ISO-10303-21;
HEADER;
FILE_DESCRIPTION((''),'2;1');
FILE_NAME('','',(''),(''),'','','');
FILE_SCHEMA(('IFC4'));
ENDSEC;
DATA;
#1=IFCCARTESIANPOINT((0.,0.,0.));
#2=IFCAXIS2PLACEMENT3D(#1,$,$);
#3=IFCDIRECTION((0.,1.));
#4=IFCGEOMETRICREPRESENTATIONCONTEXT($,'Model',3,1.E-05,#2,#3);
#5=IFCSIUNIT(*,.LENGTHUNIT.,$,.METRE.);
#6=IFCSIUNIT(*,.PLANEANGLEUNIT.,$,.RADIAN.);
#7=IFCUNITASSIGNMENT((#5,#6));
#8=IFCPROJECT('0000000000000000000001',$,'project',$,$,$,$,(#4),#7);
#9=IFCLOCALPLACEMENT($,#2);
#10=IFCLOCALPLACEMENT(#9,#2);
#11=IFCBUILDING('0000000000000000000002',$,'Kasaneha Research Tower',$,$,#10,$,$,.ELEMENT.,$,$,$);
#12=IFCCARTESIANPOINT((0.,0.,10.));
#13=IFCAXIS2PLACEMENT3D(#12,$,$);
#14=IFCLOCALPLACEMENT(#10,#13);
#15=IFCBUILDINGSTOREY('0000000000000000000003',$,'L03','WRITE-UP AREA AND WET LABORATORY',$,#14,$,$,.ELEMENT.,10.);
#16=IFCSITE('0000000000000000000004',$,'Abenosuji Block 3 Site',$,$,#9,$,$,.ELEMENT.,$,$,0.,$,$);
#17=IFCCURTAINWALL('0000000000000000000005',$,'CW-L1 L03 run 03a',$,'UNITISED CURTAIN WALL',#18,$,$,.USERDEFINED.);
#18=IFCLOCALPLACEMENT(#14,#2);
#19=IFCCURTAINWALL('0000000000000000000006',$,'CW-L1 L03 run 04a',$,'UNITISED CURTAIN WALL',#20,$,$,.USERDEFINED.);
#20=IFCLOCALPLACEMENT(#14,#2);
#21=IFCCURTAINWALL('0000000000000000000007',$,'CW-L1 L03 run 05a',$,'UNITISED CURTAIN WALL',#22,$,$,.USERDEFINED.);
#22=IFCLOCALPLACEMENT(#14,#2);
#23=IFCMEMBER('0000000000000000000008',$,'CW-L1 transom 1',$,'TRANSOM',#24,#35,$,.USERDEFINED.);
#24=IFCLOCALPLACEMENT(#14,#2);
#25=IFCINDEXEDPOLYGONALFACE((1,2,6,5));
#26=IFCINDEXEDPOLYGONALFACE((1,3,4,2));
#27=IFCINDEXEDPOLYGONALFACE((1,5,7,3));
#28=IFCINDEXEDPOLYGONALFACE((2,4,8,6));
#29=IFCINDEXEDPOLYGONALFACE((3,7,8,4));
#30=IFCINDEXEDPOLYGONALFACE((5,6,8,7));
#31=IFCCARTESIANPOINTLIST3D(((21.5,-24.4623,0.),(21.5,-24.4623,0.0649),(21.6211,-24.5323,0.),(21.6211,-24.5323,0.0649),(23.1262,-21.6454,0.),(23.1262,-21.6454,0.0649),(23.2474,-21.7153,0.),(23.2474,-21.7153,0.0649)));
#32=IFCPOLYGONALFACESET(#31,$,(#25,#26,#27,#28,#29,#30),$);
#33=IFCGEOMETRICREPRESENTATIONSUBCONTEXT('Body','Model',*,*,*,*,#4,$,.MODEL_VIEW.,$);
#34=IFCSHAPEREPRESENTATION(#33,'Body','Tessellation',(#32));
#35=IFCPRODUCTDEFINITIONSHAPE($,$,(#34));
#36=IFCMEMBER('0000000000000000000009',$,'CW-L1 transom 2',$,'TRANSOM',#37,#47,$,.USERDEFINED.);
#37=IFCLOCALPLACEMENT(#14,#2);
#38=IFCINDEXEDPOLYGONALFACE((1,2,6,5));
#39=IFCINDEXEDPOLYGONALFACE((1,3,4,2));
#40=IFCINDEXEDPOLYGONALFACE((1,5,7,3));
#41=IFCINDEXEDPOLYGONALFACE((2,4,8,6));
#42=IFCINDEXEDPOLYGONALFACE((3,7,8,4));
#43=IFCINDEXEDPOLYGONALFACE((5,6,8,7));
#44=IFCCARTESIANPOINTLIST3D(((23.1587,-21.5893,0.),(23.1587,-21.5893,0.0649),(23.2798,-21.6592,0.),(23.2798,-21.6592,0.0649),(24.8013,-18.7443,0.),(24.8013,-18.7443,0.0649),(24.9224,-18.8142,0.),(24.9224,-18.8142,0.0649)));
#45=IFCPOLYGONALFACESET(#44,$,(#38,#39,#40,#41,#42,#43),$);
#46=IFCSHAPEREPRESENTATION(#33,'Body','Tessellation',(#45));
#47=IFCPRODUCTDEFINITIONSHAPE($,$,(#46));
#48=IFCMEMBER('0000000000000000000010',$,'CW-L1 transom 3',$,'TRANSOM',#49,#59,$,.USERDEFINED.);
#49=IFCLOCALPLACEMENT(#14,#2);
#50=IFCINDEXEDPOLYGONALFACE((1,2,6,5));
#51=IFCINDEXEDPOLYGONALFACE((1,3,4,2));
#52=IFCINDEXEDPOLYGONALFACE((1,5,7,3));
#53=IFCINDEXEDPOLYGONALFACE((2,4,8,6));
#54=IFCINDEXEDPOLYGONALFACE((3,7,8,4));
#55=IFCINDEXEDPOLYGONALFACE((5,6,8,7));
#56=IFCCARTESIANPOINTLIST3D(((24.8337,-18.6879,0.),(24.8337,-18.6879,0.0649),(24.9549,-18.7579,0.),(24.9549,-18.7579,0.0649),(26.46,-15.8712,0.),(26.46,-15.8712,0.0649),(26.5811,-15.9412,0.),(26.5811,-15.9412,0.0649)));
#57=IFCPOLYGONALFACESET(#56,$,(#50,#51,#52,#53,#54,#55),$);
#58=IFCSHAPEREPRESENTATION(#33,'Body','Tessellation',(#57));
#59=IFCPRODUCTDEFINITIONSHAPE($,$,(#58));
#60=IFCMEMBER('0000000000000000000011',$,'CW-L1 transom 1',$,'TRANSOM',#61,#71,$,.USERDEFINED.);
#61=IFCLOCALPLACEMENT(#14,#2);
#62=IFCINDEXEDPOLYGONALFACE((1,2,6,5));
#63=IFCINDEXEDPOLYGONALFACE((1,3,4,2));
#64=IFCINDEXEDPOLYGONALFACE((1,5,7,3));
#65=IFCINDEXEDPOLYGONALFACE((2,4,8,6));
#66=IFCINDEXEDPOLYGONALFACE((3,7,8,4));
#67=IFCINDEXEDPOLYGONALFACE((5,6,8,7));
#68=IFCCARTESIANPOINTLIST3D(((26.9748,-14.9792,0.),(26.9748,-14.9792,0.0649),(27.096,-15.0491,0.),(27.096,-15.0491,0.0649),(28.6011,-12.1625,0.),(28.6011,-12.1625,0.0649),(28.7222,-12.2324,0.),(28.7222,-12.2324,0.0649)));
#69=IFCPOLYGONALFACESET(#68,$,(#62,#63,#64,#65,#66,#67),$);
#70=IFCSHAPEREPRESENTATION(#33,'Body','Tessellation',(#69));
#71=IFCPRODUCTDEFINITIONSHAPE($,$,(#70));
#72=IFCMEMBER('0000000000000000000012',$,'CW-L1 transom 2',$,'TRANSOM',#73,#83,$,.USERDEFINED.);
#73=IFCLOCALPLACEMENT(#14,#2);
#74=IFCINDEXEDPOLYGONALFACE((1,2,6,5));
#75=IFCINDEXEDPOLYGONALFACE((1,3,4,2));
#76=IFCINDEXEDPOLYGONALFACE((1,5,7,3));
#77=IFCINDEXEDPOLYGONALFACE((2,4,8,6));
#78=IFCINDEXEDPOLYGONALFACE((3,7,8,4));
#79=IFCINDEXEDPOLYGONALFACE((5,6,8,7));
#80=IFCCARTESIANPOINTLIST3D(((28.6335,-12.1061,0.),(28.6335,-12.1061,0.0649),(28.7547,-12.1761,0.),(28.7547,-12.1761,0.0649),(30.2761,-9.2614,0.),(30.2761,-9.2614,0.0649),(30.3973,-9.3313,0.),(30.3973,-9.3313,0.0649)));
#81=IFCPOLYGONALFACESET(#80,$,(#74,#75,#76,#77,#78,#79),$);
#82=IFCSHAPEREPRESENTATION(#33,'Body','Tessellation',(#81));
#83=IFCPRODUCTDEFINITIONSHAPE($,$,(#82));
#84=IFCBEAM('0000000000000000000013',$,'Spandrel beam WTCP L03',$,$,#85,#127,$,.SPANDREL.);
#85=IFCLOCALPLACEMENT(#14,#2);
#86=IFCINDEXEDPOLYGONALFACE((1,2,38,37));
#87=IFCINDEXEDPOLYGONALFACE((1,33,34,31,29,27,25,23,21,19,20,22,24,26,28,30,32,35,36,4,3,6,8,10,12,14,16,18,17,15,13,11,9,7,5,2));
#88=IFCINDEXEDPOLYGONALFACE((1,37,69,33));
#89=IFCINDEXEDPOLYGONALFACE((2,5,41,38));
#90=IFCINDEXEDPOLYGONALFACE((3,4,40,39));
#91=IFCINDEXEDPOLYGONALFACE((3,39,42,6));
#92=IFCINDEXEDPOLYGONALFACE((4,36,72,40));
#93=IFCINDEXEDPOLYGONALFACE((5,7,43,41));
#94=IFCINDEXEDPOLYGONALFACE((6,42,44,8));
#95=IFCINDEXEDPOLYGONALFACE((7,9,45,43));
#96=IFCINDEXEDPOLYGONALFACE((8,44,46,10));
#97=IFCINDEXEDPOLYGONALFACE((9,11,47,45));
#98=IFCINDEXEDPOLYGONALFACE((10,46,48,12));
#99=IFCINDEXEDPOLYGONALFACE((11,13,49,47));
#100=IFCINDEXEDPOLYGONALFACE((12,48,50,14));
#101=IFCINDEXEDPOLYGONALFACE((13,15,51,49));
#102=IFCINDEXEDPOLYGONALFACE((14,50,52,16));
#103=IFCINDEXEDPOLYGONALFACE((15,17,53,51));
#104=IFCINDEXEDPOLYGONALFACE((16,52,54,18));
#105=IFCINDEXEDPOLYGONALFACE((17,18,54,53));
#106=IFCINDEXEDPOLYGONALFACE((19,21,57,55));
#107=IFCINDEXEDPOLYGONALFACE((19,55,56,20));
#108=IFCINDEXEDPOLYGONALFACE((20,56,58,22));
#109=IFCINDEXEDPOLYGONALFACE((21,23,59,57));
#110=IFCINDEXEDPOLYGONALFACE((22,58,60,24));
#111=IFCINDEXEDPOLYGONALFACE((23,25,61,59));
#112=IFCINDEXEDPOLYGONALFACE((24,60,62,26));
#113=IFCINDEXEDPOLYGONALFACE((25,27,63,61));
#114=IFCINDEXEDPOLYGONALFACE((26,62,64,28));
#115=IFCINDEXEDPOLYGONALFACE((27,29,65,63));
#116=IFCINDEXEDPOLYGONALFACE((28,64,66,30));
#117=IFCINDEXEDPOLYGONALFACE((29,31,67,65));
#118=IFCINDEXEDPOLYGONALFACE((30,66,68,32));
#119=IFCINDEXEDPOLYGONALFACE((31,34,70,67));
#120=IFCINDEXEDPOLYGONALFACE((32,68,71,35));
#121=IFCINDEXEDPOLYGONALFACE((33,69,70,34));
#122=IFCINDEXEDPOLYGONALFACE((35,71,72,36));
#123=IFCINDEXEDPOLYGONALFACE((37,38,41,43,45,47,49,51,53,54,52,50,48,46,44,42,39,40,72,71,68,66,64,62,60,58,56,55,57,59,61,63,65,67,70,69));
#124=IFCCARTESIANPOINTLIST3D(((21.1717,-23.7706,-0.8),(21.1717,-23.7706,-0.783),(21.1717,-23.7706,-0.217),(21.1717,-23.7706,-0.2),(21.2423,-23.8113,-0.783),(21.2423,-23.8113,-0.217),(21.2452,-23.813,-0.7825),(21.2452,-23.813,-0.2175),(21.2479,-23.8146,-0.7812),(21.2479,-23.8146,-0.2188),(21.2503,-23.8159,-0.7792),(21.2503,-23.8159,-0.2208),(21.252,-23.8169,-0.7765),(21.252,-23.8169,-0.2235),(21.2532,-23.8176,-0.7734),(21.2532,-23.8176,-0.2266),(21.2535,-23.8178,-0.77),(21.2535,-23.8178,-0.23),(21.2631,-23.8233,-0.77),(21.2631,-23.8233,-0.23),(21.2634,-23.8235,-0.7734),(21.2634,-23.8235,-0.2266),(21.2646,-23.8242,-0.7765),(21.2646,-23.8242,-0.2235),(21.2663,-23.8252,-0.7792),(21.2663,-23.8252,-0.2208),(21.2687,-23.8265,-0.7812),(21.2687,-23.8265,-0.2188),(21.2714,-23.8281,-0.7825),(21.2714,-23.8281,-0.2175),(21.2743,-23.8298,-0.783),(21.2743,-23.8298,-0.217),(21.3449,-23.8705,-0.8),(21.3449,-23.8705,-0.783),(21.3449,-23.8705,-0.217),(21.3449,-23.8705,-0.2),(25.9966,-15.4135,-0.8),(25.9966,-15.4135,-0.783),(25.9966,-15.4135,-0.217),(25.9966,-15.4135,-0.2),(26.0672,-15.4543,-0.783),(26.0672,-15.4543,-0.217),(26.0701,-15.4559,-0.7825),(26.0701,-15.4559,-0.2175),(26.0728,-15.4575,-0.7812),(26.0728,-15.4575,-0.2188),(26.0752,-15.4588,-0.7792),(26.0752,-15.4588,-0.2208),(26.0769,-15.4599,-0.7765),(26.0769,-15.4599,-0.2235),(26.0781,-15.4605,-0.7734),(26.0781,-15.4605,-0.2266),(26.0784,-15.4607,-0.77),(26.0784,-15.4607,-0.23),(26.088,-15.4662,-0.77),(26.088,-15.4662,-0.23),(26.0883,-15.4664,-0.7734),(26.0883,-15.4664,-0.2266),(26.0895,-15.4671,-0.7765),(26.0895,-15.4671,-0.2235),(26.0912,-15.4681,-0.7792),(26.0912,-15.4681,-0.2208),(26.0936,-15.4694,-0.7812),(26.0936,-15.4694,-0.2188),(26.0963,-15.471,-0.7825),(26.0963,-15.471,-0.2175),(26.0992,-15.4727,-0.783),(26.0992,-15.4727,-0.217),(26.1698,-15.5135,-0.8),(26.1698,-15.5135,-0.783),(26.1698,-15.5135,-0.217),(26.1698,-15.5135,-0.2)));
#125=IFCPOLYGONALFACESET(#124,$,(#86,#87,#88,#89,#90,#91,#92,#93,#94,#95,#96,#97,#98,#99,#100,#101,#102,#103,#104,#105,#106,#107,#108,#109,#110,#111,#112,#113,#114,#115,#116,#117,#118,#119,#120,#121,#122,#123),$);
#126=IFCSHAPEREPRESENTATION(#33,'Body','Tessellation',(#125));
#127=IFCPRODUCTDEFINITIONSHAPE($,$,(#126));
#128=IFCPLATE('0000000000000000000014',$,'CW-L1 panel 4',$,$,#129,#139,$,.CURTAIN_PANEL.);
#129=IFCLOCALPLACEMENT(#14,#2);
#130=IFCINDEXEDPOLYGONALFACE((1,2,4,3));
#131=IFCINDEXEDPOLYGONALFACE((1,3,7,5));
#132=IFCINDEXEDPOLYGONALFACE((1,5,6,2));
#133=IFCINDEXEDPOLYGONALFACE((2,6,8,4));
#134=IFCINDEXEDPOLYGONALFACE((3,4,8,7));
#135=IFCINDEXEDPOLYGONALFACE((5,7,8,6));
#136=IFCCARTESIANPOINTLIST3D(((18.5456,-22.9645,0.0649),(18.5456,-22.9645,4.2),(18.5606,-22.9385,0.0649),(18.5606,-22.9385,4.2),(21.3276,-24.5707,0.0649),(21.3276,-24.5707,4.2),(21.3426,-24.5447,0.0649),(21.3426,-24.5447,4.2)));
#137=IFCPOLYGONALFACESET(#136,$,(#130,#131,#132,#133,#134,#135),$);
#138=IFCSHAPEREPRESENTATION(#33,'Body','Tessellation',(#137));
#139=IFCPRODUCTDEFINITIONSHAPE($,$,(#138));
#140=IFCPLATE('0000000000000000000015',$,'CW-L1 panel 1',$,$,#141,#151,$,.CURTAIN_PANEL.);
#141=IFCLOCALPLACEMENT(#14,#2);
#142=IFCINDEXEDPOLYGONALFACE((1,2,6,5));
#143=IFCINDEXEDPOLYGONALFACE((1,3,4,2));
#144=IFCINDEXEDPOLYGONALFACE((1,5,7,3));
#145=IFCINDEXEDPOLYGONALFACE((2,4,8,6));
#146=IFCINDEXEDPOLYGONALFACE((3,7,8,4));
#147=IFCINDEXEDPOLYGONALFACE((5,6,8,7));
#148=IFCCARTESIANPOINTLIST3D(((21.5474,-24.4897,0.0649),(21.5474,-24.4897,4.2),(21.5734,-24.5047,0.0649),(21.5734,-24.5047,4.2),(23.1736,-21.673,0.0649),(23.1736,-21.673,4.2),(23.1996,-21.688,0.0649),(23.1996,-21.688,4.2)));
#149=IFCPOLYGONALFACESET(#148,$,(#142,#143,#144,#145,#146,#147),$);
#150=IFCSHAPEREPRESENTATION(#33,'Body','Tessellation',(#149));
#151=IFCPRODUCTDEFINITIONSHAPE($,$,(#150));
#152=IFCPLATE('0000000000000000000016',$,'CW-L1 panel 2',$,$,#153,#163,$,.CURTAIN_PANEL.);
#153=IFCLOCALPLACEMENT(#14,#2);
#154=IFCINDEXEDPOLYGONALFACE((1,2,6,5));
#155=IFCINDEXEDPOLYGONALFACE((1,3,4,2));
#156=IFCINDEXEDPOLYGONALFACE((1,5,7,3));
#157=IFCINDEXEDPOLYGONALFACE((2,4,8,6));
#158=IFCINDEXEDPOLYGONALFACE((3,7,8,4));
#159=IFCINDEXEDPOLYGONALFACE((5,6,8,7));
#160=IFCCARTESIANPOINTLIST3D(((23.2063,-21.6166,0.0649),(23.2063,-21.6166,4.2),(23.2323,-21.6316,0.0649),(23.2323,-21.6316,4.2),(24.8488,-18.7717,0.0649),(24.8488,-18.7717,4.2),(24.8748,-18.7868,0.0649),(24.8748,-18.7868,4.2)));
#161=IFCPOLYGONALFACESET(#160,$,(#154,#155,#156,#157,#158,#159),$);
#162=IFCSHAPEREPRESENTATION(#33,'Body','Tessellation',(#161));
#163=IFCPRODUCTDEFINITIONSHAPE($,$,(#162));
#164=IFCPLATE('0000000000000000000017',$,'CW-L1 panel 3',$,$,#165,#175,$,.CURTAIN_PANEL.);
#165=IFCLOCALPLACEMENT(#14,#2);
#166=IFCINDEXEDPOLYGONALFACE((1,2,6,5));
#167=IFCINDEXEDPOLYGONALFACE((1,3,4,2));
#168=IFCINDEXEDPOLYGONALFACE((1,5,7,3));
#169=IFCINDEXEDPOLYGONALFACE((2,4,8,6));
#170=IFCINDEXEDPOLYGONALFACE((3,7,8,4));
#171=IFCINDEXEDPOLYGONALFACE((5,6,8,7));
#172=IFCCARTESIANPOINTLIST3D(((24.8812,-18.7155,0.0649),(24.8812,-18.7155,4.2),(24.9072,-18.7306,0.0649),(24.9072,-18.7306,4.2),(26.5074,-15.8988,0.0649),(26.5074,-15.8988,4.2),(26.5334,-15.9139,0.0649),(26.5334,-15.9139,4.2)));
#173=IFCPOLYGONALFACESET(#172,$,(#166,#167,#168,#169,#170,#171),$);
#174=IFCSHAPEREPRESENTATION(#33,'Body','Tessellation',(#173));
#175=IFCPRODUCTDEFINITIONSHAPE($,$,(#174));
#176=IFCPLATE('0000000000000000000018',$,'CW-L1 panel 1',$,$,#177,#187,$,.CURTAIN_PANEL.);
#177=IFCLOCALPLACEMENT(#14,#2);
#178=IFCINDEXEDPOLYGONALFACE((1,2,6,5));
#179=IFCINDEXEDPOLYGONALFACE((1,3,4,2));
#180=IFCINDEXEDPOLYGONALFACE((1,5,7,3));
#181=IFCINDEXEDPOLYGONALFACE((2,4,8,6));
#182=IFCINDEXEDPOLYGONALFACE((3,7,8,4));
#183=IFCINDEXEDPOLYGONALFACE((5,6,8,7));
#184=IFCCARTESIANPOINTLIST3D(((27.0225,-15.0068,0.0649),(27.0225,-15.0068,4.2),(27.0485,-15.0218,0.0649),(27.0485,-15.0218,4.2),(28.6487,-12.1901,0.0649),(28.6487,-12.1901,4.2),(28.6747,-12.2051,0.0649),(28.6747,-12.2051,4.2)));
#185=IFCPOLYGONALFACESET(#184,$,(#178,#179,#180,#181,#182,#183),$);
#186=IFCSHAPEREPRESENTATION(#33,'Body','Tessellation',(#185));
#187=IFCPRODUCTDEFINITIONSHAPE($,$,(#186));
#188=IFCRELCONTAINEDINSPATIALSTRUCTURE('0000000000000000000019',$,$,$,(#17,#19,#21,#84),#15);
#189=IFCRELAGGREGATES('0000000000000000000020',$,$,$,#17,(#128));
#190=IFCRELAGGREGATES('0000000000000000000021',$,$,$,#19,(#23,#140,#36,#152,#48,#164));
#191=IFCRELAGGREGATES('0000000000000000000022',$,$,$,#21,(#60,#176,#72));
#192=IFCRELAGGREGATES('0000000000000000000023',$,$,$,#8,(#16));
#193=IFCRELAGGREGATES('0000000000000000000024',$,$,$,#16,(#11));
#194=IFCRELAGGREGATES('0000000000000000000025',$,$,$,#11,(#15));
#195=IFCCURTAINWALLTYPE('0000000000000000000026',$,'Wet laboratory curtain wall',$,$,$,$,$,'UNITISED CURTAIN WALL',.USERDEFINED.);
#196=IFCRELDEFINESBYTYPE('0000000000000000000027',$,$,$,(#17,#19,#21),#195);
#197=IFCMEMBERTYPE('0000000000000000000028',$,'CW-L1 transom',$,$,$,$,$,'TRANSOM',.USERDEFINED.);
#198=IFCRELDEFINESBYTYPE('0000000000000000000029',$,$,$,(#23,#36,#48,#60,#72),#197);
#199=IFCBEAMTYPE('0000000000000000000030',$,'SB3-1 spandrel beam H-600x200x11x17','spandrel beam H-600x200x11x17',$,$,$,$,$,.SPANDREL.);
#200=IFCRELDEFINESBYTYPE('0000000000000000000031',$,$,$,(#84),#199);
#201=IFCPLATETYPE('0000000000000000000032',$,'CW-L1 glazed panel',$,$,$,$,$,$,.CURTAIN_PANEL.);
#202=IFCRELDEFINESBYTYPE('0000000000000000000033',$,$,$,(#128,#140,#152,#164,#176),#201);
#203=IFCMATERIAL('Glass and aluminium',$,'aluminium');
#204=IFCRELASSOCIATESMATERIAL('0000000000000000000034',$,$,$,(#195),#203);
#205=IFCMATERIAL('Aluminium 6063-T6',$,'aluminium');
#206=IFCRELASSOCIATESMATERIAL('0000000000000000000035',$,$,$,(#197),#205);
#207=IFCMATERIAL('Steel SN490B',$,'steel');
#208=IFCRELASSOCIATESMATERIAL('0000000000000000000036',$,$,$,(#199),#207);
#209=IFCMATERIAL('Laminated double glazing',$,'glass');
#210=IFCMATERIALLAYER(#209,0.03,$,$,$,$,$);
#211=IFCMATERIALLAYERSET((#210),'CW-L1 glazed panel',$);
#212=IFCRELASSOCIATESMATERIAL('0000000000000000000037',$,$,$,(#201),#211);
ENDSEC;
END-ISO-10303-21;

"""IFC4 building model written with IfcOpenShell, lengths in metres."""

from ifc_helpers import new_model, si_unit, direction, frame, origin, origin_2d, place, context, subcontext, project, spatial, rectangle, i_section, extrude, material, layer, layer_set, material_profile, profile_set, type_object, element, aggregate, save


model = new_model("IFC4")

# Units and contexts
model_context = context("Model", 3, precision=1e-05, world=origin(), true_north=direction((0.0, 1.0)))
body_context = subcontext(model_context, "Body", "Model", "MODEL_VIEW")
ifc_project = project(units=[si_unit("LENGTHUNIT", "METRE"), si_unit("PLANEANGLEUNIT", "RADIAN")], contexts=[model_context])

# Site, building, storey
site_placement = place(None, origin())
site = spatial("IfcSite", under=ifc_project, at=site_placement, Name="Abenosuji Block 3 Site", CompositionType="ELEMENT", RefElevation=0.0)
building_placement = place(site_placement, origin())
building = spatial("IfcBuilding", under=site, at=building_placement, Name="Kasaneha Research Tower", CompositionType="ELEMENT")
storey_placement = place(building_placement, frame((0.0, 0.0, 10.0)))
storey = spatial("IfcBuildingStorey", under=building, at=storey_placement, Name="L03", Description="WRITE-UP AREA AND WET LABORATORY", CompositionType="ELEMENT", Elevation=10.0)

# Curtain walls
ifc_material_1 = material(Name="Glass and aluminium", Category="aluminium")
curtain_wall_type = type_object("IfcCurtainWallType", Name="Wet laboratory curtain wall", ElementType="UNITISED CURTAIN WALL", PredefinedType="USERDEFINED", material=ifc_material_1)
curtain_wall_1_placement = place(storey_placement, origin())
curtain_wall_1 = element("IfcCurtainWall", 1, at=curtain_wall_1_placement, inside=storey, type_object=curtain_wall_type, Name="CW-L1 L03 run 03a", ObjectType="UNITISED CURTAIN WALL", PredefinedType="USERDEFINED")
curtain_wall_2_placement = place(storey_placement, origin())
curtain_wall_2 = element("IfcCurtainWall", 2, at=curtain_wall_2_placement, inside=storey, type_object=curtain_wall_type, Name="CW-L1 L03 run 04a", ObjectType="UNITISED CURTAIN WALL", PredefinedType="USERDEFINED")
curtain_wall_3_placement = place(storey_placement, origin())
curtain_wall_3 = element("IfcCurtainWall", 3, at=curtain_wall_3_placement, inside=storey, type_object=curtain_wall_type, Name="CW-L1 L03 run 05a", ObjectType="UNITISED CURTAIN WALL", PredefinedType="USERDEFINED")

# Members
ifc_material_2 = material(Name="Aluminium 6063-T6", Category="aluminium")
ifc_material_profile_1 = material_profile(ifc_material_2, rectangle(XDim=0.1399, YDim=0.0649, at=origin_2d()), Name="CW-L1 transom 140x65")
ifc_profile_set_1 = profile_set([ifc_material_profile_1], Name="Aluminium 6063-T6")
member_type_1 = type_object("IfcMemberType", Name="CW-L1 transom", ElementType="TRANSOM", PredefinedType="USERDEFINED", material=ifc_profile_set_1)
member_1_placement = place(storey_placement, frame((21.5605, -24.4973, 0.0325), z_axis=(0.499974, 0.866041, 0.0), x_axis=(-0.866041, 0.499974, 0.0)))
member_1 = element("IfcMember", 4, at=member_1_placement, type_object=member_type_1, Name="CW-L1 transom 1", ObjectType="TRANSOM", PredefinedType="USERDEFINED", context=body_context, shape_type="SweptSolid", body=[
    extrude(rectangle(XDim=0.1399, YDim=0.0649, at=origin_2d()), origin(), (0.0, 0.0, 1.0), 3.2527),
])
member_2_placement = place(storey_placement, frame((23.2192, -21.6243, 0.0325), z_axis=(0.500008, 0.866021, 0.0), x_axis=(-0.866021, 0.500008, 0.0)))
member_2 = element("IfcMember", 5, at=member_2_placement, type_object=member_type_1, Name="CW-L1 transom 2", ObjectType="TRANSOM", PredefinedType="USERDEFINED", context=body_context, shape_type="SweptSolid", body=[
    extrude(rectangle(XDim=0.1399, YDim=0.0649, at=origin_2d()), origin(), (0.0, 0.0, 1.0), 3.2852),
])
member_3_placement = place(storey_placement, frame((24.8943, -18.7229, 0.0325), z_axis=(0.500006, 0.866022, 0.0), x_axis=(-0.866022, 0.500006, 0.0)))
member_3 = element("IfcMember", 6, at=member_3_placement, type_object=member_type_1, Name="CW-L1 transom 3", ObjectType="TRANSOM", PredefinedType="USERDEFINED", context=body_context, shape_type="SweptSolid", body=[
    extrude(rectangle(XDim=0.1399, YDim=0.0649, at=origin_2d()), origin(), (0.0, 0.0, 1.0), 3.2524),
])
member_4_placement = place(storey_placement, frame((27.0354, -15.0142, 0.0325), z_axis=(0.500006, 0.866022, 0.0), x_axis=(-0.866022, 0.500006, 0.0)))
member_4 = element("IfcMember", 7, at=member_4_placement, type_object=member_type_1, Name="CW-L1 transom 1", ObjectType="TRANSOM", PredefinedType="USERDEFINED", context=body_context, shape_type="SweptSolid", body=[
    extrude(rectangle(XDim=0.1399, YDim=0.0649, at=origin_2d()), origin(), (0.0, 0.0, 1.0), 3.2524),
])
member_5_placement = place(storey_placement, frame((28.6941, -12.1411, 0.0325), z_axis=(0.50004, 0.866002, 0.0), x_axis=(-0.866002, 0.50004, 0.0)))
member_5 = element("IfcMember", 8, at=member_5_placement, type_object=member_type_1, Name="CW-L1 transom 2", ObjectType="TRANSOM", PredefinedType="USERDEFINED", context=body_context, shape_type="SweptSolid", body=[
    extrude(rectangle(XDim=0.1399, YDim=0.0649, at=origin_2d()), origin(), (0.0, 0.0, 1.0), 3.2849),
])

# Beam
ifc_material_3 = material(Name="Steel SN490B", Category="steel")
ifc_material_profile_2 = material_profile(ifc_material_3, i_section(OverallWidth=0.2, OverallDepth=0.6001, WebThickness=0.011, FlangeThickness=0.0171, FilletRadius=0.0129, at=origin_2d()), Name="H-600x200x11x17")
ifc_profile_set_2 = profile_set([ifc_material_profile_2], Name="Steel SN490B")
beam_type_1 = type_object("IfcBeamType", Name="SB3-1 spandrel beam H-600x200x11x17", Description="spandrel beam H-600x200x11x17", PredefinedType="SPANDREL", material=ifc_profile_set_2)
beam_1_placement = place(storey_placement, frame((21.2583, -23.8206, -0.5), z_axis=(0.499995, 0.866028, 0.0), x_axis=(-0.866028, 0.499995, 0.0)))
element("IfcBeam", 9, at=beam_1_placement, inside=storey, type_object=beam_type_1, Name="Spandrel beam WTCP L03", PredefinedType="SPANDREL", context=body_context, shape_type="SweptSolid", body=[
    extrude(i_section(OverallWidth=0.2, OverallDepth=0.6001, WebThickness=0.011, FlangeThickness=0.0171, FilletRadius=0.0129, at=origin_2d()), origin(), (0.0, 0.0, 1.0), 9.6499),
])

# Plates
ifc_material_4 = material(Name="Laminated double glazing", Category="glass")
ifc_layer_1 = layer(ifc_material_4, 0.03)
ifc_layer_set_1 = layer_set([ifc_layer_1], Name="CW-L1 glazed panel")
plate_type = type_object("IfcPlateType", Name="CW-L1 glazed panel", PredefinedType="CURTAIN_PANEL", material=ifc_layer_set_1)
plate_1_placement = place(storey_placement, frame((19.9441, -23.7546, 0.0649), z_axis=(0.0, 0.0, 1.0), x_axis=(0.866025, -0.5, 0.0)))
plate_1 = element("IfcPlate", 10, at=plate_1_placement, type_object=plate_type, Name="CW-L1 panel 4", PredefinedType="CURTAIN_PANEL", context=body_context, shape_type="SweptSolid", body=[
    extrude(rectangle(XDim=3.2124, YDim=0.03, at=origin_2d()), origin(), (0.0, 0.0, 1.0), 4.135),
])
aggregate(curtain_wall_1, [plate_1])
plate_2_placement = place(storey_placement, frame((22.3735, -23.0889, 0.0649), z_axis=(0.0, 0.0, 1.0), x_axis=(0.5, 0.866025, 0.0)))
plate_2 = element("IfcPlate", 11, at=plate_2_placement, type_object=plate_type, Name="CW-L1 panel 1", PredefinedType="CURTAIN_PANEL", context=body_context, shape_type="SweptSolid", body=[
    extrude(rectangle(XDim=3.2524, YDim=0.03, at=origin_2d()), origin(), (0.0, 0.0, 1.0), 4.135),
])
plate_3_placement = place(storey_placement, frame((24.0405, -20.2017, 0.0649), z_axis=(0.0, 0.0, 1.0), x_axis=(0.5, 0.866025, 0.0)))
plate_3 = element("IfcPlate", 12, at=plate_3_placement, type_object=plate_type, Name="CW-L1 panel 2", PredefinedType="CURTAIN_PANEL", context=body_context, shape_type="SweptSolid", body=[
    extrude(rectangle(XDim=3.2849, YDim=0.03, at=origin_2d()), origin(), (0.0, 0.0, 1.0), 4.135),
])
plate_4_placement = place(storey_placement, frame((25.7073, -17.3147, 0.0649), z_axis=(0.0, 0.0, 1.0), x_axis=(0.5, 0.866025, 0.0)))
plate_4 = element("IfcPlate", 13, at=plate_4_placement, type_object=plate_type, Name="CW-L1 panel 3", PredefinedType="CURTAIN_PANEL", context=body_context, shape_type="SweptSolid", body=[
    extrude(rectangle(XDim=3.2524, YDim=0.03, at=origin_2d()), origin(), (0.0, 0.0, 1.0), 4.135),
])
aggregate(curtain_wall_2, [member_1, plate_2, member_2, plate_3, member_3, plate_4])
plate_5_placement = place(storey_placement, frame((27.8486, -13.606, 0.0649), z_axis=(0.0, 0.0, 1.0), x_axis=(0.5, 0.866025, 0.0)))
plate_5 = element("IfcPlate", 14, at=plate_5_placement, type_object=plate_type, Name="CW-L1 panel 1", PredefinedType="CURTAIN_PANEL", context=body_context, shape_type="SweptSolid", body=[
    extrude(rectangle(XDim=3.2524, YDim=0.03, at=origin_2d()), origin(), (0.0, 0.0, 1.0), 4.135),
])
aggregate(curtain_wall_3, [member_4, plate_5, member_5])

save(model, "model.ifc")
